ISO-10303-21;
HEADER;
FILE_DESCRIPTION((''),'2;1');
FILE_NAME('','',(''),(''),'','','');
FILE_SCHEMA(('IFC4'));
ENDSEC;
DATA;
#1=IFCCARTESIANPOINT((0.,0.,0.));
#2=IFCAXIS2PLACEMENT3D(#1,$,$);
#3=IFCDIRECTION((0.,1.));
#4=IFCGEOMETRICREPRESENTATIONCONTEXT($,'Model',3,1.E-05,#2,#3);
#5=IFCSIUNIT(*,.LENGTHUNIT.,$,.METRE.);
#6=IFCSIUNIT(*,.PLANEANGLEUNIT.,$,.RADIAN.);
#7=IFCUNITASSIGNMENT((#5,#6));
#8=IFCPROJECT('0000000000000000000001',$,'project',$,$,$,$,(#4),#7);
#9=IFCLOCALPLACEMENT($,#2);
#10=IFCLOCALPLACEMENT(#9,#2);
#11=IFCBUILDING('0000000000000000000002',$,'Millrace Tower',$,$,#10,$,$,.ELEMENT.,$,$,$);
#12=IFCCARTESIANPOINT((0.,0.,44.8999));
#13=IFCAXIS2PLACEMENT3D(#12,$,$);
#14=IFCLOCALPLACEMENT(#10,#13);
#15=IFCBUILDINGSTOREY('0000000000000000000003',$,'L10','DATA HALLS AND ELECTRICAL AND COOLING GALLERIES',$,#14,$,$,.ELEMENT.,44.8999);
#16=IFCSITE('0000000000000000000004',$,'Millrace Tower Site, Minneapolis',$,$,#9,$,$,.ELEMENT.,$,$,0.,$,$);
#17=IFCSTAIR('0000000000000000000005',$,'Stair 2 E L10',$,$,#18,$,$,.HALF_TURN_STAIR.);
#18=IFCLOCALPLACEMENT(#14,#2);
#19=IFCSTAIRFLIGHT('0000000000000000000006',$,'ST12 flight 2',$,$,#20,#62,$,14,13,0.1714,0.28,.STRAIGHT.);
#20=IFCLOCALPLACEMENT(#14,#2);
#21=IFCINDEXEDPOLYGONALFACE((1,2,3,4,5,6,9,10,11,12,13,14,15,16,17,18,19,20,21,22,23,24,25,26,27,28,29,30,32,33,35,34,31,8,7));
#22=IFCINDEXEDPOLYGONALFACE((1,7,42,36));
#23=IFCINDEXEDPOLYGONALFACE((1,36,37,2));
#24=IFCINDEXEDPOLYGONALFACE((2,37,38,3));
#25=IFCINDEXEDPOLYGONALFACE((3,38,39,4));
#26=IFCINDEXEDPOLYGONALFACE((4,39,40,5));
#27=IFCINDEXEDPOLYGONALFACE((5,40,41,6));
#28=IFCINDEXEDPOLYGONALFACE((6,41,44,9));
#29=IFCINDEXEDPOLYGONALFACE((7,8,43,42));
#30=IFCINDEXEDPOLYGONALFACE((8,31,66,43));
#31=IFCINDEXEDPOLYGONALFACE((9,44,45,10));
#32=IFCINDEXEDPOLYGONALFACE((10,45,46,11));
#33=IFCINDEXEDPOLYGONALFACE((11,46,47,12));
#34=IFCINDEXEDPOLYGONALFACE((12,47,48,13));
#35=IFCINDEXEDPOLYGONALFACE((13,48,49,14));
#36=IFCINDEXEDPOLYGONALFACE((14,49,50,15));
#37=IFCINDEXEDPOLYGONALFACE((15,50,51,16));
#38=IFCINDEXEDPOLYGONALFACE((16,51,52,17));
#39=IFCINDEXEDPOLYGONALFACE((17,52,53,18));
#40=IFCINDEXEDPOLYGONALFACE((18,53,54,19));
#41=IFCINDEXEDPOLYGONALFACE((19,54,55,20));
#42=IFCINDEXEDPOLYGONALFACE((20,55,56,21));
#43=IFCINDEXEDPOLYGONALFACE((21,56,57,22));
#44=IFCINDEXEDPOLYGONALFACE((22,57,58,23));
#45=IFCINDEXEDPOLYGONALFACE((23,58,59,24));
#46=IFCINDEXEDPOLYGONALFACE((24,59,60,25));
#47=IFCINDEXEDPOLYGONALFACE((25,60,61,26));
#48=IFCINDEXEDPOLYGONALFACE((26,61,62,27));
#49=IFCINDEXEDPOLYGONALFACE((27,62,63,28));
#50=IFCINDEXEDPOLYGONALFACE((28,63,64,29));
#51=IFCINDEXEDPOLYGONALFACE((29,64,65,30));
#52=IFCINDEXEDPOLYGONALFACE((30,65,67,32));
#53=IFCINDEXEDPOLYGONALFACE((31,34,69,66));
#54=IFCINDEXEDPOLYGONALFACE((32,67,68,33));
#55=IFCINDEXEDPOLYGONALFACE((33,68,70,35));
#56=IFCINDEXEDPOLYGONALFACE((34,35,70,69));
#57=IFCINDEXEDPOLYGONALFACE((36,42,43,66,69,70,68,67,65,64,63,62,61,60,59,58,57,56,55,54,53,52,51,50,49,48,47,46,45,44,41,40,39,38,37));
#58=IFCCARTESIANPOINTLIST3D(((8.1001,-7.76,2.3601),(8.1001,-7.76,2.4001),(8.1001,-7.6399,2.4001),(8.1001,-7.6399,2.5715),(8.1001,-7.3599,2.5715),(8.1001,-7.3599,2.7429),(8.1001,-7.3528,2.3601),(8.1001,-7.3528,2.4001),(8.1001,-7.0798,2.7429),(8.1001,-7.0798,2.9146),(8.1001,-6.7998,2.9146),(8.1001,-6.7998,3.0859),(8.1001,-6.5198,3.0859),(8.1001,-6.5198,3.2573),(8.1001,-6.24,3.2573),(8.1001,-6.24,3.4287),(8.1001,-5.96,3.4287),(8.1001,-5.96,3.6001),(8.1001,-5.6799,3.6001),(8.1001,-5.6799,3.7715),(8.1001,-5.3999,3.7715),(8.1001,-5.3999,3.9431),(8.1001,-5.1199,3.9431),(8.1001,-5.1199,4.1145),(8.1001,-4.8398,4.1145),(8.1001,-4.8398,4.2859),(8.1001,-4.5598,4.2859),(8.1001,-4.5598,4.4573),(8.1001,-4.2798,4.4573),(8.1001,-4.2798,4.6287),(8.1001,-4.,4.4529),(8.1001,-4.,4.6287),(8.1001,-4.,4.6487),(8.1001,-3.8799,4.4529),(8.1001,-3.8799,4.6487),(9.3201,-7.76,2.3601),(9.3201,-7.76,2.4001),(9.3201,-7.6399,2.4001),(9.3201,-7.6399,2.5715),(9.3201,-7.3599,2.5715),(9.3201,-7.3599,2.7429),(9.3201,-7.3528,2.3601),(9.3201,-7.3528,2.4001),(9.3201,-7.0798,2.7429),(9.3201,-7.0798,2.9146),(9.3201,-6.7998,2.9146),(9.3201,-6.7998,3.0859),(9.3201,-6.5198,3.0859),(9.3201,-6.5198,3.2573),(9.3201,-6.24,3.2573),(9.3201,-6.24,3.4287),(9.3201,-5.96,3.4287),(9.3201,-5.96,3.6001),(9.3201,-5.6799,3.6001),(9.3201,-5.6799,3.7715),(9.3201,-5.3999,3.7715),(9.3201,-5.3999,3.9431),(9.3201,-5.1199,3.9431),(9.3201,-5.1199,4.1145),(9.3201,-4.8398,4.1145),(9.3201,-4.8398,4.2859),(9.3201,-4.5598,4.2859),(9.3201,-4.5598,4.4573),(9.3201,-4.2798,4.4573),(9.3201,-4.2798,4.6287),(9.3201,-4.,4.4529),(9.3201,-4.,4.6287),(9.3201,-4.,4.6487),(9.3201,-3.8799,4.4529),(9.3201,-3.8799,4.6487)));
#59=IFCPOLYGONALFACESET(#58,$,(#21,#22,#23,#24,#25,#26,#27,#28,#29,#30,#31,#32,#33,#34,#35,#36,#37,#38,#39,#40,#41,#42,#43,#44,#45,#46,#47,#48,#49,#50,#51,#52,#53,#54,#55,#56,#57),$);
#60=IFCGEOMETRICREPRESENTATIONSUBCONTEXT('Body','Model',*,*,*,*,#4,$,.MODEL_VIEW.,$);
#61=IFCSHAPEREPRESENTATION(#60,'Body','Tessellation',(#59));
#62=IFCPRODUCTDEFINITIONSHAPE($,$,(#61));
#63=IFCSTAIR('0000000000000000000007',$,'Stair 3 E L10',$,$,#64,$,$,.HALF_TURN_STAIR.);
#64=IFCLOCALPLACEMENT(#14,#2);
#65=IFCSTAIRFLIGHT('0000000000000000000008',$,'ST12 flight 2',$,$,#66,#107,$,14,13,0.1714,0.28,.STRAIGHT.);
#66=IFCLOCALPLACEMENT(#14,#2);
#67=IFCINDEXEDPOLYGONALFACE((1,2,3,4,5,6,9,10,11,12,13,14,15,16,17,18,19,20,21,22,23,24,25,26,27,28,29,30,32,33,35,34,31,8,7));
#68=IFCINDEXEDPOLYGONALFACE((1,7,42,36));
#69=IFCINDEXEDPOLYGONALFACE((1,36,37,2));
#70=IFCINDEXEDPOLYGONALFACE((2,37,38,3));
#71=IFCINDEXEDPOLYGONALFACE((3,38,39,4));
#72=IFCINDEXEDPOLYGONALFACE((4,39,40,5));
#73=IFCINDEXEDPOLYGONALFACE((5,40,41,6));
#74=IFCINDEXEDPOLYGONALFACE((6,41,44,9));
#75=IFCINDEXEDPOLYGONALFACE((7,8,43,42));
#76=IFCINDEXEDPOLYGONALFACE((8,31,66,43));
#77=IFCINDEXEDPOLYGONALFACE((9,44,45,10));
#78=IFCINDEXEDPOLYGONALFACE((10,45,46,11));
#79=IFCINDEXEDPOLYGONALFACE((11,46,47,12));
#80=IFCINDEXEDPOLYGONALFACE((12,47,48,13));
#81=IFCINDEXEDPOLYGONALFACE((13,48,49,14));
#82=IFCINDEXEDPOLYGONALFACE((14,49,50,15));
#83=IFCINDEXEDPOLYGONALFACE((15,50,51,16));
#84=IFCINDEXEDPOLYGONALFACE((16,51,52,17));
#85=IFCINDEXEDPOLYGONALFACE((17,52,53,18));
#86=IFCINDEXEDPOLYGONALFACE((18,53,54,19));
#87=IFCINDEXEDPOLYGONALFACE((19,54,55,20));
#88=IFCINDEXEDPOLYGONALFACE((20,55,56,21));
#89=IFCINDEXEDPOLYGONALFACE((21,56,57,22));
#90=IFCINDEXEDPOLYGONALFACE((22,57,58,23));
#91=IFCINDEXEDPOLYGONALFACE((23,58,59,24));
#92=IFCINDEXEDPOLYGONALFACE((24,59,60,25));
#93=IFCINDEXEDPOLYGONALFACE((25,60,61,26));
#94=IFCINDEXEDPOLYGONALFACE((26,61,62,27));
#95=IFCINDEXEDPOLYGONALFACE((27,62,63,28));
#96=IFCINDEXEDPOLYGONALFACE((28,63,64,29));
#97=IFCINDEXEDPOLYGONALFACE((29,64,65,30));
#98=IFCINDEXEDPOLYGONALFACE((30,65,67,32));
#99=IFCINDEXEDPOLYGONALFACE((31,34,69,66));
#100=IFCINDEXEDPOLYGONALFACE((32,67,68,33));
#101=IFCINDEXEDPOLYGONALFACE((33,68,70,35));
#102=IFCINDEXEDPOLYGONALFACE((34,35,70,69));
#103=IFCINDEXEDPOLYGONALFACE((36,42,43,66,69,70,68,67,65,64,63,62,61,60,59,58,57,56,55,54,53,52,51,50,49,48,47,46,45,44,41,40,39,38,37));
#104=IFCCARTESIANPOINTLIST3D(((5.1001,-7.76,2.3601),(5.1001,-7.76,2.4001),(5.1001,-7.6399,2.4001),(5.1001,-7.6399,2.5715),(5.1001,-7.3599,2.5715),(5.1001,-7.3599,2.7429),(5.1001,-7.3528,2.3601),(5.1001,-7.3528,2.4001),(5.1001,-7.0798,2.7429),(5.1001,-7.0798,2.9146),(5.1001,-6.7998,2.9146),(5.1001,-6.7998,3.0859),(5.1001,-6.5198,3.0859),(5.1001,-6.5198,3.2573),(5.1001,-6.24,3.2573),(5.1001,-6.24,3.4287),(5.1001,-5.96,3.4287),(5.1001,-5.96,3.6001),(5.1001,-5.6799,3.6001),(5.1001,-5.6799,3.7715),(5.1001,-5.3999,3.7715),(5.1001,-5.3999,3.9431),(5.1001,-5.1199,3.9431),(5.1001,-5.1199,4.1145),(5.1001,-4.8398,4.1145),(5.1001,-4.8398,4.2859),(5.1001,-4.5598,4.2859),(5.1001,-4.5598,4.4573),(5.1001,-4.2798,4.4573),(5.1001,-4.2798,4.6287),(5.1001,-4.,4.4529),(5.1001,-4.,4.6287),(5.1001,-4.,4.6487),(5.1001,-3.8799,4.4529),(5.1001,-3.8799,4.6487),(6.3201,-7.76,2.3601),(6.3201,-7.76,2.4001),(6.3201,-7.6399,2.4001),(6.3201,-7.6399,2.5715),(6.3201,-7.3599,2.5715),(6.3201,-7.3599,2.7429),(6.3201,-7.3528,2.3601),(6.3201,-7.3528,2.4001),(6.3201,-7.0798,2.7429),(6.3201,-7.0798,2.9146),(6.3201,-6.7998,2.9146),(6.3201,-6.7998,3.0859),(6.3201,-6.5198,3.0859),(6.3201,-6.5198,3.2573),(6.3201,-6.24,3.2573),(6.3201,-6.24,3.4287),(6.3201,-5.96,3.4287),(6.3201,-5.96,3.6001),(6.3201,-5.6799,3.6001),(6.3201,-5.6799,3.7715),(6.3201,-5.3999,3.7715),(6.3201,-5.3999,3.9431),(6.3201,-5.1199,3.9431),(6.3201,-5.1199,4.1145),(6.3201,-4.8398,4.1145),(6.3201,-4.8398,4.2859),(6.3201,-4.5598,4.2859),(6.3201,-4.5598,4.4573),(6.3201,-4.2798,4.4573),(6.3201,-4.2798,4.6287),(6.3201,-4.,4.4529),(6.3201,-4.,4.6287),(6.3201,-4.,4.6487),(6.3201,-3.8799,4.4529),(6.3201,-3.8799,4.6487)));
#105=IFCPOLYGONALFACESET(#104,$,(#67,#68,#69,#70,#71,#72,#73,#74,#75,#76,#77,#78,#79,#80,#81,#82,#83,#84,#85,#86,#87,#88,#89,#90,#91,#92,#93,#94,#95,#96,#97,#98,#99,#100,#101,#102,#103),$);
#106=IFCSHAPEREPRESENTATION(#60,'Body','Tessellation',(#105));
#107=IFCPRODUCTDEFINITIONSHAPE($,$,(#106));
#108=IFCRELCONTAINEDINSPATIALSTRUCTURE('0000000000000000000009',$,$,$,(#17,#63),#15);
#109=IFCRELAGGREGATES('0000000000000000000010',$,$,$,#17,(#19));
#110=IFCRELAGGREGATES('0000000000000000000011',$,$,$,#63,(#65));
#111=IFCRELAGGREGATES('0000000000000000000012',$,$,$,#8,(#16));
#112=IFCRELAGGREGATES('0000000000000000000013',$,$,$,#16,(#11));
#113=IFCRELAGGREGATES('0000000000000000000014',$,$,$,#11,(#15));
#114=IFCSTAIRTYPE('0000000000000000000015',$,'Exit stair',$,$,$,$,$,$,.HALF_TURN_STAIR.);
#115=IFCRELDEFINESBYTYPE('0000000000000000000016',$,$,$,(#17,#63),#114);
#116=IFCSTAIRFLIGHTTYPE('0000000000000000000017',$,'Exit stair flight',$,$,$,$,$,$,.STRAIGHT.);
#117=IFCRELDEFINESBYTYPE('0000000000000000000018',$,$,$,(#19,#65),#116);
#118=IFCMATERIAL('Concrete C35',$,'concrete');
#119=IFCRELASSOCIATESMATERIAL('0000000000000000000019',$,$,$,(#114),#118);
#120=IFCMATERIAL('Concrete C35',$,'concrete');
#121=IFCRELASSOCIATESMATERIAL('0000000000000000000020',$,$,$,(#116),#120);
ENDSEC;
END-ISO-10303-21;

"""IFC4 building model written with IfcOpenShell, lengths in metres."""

from ifc_helpers import new_model, si_unit, direction, frame, origin, place, context, subcontext, project, spatial, polyline, outline, extrude, material, type_object, element, aggregate, save


model = new_model("IFC4")

# Units and contexts
model_context = context("Model", 3, precision=1e-05, world=origin(), true_north=direction((0.0, 1.0)))
body_context = subcontext(model_context, "Body", "Model", "MODEL_VIEW")
ifc_project = project(units=[si_unit("LENGTHUNIT", "METRE"), si_unit("PLANEANGLEUNIT", "RADIAN")], contexts=[model_context])

# Site, building, storey
site_placement = place(None, origin())
site = spatial("IfcSite", under=ifc_project, at=site_placement, Name="Millrace Tower Site, Minneapolis", CompositionType="ELEMENT", RefElevation=0.0)
building_placement = place(site_placement, origin())
building = spatial("IfcBuilding", under=site, at=building_placement, Name="Millrace Tower", CompositionType="ELEMENT")
storey_placement = place(building_placement, frame((0.0, 0.0, 44.8999)))
storey = spatial("IfcBuildingStorey", under=building, at=storey_placement, Name="L10", Description="DATA HALLS AND ELECTRICAL AND COOLING GALLERIES", CompositionType="ELEMENT", Elevation=44.8999)

# Shared definitions
placement = place(storey_placement, origin())

# Stairs, stair flights
ifc_material_1 = material(Name="Concrete C35", Category="concrete")
stair_type = type_object("IfcStairType", Name="Exit stair", PredefinedType="HALF_TURN_STAIR", material=ifc_material_1)
ifc_material_2 = material(Name="Concrete C35", Category="concrete")
stair_flight_type = type_object("IfcStairFlightType", Name="Exit stair flight", PredefinedType="STRAIGHT", material=ifc_material_2)
stair_1 = element("IfcStair", 1, at=placement, inside=storey, type_object=stair_type, Name="Stair 2 E L10", PredefinedType="HALF_TURN_STAIR")
stair_flight_1_placement = place(storey_placement, frame((8.71, -7.6399, 2.4001), z_axis=(0.0, 0.0, 1.0), x_axis=(0.0, 1.0, 0.0)))
stair_flight_1 = element("IfcStairFlight", 2, at=stair_flight_1_placement, type_object=stair_flight_type, Name="ST12 flight 2", NumberOfRisers=14, NumberOfTreads=13, PredefinedType="STRAIGHT", RiserHeight=0.1714, TreadLength=0.28, context=body_context, shape_type="SweptSolid", body=[
    extrude(outline(polyline([(-0.1201, -0.04), (-0.1201, 0.0), (0.0, 0.0), (0.0, 0.1714), (0.28, 0.1714), (0.28, 0.3428), (0.5601, 0.3428), (0.5601, 0.5144), (0.8401, 0.5144), (0.8401, 0.6858), (1.1201, 0.6858), (1.1201, 0.8572), (1.3999, 0.8572), (1.3999, 1.0286), (1.6799, 1.0286), (1.6799, 1.2), (1.96, 1.2), (1.96, 1.3713), (2.24, 1.3713), (2.24, 1.543), (2.52, 1.543), (2.52, 1.7144), (2.8, 1.7144), (2.8, 1.8857), (3.0801, 1.8857), (3.0801, 2.0571), (3.3601, 2.0571), (3.3601, 2.2285), (3.6399, 2.2285), (3.6399, 2.2485), (3.76, 2.2485), (3.76, 2.0527), (3.6399, 2.0527), (0.2871, 0.0), (0.2871, -0.04), (-0.1201, -0.04)])), frame((0.0, 0.6099, 0.0), z_axis=(0.0, -1.0, 0.0), x_axis=(1.0, 0.0, 0.0)), (0.0, 0.0, 1.0), 1.22),
])
aggregate(stair_1, [stair_flight_1])
stair_2 = element("IfcStair", 3, at=placement, inside=storey, type_object=stair_type, Name="Stair 3 E L10", PredefinedType="HALF_TURN_STAIR")
stair_flight_2_placement = place(storey_placement, frame((5.71, -7.6399, 2.4001), z_axis=(0.0, 0.0, 1.0), x_axis=(0.0, 1.0, 0.0)))
stair_flight_2 = element("IfcStairFlight", 4, at=stair_flight_2_placement, type_object=stair_flight_type, Name="ST12 flight 2", NumberOfRisers=14, NumberOfTreads=13, PredefinedType="STRAIGHT", RiserHeight=0.1714, TreadLength=0.28, context=body_context, shape_type="SweptSolid", body=[
    extrude(outline(polyline([(-0.1201, -0.04), (-0.1201, 0.0), (0.0, 0.0), (0.0, 0.1714), (0.28, 0.1714), (0.28, 0.3428), (0.5601, 0.3428), (0.5601, 0.5144), (0.8401, 0.5144), (0.8401, 0.6858), (1.1201, 0.6858), (1.1201, 0.8572), (1.3999, 0.8572), (1.3999, 1.0286), (1.6799, 1.0286), (1.6799, 1.2), (1.96, 1.2), (1.96, 1.3713), (2.24, 1.3713), (2.24, 1.543), (2.52, 1.543), (2.52, 1.7144), (2.8, 1.7144), (2.8, 1.8857), (3.0801, 1.8857), (3.0801, 2.0571), (3.3601, 2.0571), (3.3601, 2.2285), (3.6399, 2.2285), (3.6399, 2.2485), (3.76, 2.2485), (3.76, 2.0527), (3.6399, 2.0527), (0.2871, 0.0), (0.2871, -0.04), (-0.1201, -0.04)])), frame((0.0, 0.6099, 0.0), z_axis=(0.0, -1.0, 0.0), x_axis=(1.0, 0.0, 0.0)), (0.0, 0.0, 1.0), 1.22),
])
aggregate(stair_2, [stair_flight_2])

save(model, "model.ifc")
